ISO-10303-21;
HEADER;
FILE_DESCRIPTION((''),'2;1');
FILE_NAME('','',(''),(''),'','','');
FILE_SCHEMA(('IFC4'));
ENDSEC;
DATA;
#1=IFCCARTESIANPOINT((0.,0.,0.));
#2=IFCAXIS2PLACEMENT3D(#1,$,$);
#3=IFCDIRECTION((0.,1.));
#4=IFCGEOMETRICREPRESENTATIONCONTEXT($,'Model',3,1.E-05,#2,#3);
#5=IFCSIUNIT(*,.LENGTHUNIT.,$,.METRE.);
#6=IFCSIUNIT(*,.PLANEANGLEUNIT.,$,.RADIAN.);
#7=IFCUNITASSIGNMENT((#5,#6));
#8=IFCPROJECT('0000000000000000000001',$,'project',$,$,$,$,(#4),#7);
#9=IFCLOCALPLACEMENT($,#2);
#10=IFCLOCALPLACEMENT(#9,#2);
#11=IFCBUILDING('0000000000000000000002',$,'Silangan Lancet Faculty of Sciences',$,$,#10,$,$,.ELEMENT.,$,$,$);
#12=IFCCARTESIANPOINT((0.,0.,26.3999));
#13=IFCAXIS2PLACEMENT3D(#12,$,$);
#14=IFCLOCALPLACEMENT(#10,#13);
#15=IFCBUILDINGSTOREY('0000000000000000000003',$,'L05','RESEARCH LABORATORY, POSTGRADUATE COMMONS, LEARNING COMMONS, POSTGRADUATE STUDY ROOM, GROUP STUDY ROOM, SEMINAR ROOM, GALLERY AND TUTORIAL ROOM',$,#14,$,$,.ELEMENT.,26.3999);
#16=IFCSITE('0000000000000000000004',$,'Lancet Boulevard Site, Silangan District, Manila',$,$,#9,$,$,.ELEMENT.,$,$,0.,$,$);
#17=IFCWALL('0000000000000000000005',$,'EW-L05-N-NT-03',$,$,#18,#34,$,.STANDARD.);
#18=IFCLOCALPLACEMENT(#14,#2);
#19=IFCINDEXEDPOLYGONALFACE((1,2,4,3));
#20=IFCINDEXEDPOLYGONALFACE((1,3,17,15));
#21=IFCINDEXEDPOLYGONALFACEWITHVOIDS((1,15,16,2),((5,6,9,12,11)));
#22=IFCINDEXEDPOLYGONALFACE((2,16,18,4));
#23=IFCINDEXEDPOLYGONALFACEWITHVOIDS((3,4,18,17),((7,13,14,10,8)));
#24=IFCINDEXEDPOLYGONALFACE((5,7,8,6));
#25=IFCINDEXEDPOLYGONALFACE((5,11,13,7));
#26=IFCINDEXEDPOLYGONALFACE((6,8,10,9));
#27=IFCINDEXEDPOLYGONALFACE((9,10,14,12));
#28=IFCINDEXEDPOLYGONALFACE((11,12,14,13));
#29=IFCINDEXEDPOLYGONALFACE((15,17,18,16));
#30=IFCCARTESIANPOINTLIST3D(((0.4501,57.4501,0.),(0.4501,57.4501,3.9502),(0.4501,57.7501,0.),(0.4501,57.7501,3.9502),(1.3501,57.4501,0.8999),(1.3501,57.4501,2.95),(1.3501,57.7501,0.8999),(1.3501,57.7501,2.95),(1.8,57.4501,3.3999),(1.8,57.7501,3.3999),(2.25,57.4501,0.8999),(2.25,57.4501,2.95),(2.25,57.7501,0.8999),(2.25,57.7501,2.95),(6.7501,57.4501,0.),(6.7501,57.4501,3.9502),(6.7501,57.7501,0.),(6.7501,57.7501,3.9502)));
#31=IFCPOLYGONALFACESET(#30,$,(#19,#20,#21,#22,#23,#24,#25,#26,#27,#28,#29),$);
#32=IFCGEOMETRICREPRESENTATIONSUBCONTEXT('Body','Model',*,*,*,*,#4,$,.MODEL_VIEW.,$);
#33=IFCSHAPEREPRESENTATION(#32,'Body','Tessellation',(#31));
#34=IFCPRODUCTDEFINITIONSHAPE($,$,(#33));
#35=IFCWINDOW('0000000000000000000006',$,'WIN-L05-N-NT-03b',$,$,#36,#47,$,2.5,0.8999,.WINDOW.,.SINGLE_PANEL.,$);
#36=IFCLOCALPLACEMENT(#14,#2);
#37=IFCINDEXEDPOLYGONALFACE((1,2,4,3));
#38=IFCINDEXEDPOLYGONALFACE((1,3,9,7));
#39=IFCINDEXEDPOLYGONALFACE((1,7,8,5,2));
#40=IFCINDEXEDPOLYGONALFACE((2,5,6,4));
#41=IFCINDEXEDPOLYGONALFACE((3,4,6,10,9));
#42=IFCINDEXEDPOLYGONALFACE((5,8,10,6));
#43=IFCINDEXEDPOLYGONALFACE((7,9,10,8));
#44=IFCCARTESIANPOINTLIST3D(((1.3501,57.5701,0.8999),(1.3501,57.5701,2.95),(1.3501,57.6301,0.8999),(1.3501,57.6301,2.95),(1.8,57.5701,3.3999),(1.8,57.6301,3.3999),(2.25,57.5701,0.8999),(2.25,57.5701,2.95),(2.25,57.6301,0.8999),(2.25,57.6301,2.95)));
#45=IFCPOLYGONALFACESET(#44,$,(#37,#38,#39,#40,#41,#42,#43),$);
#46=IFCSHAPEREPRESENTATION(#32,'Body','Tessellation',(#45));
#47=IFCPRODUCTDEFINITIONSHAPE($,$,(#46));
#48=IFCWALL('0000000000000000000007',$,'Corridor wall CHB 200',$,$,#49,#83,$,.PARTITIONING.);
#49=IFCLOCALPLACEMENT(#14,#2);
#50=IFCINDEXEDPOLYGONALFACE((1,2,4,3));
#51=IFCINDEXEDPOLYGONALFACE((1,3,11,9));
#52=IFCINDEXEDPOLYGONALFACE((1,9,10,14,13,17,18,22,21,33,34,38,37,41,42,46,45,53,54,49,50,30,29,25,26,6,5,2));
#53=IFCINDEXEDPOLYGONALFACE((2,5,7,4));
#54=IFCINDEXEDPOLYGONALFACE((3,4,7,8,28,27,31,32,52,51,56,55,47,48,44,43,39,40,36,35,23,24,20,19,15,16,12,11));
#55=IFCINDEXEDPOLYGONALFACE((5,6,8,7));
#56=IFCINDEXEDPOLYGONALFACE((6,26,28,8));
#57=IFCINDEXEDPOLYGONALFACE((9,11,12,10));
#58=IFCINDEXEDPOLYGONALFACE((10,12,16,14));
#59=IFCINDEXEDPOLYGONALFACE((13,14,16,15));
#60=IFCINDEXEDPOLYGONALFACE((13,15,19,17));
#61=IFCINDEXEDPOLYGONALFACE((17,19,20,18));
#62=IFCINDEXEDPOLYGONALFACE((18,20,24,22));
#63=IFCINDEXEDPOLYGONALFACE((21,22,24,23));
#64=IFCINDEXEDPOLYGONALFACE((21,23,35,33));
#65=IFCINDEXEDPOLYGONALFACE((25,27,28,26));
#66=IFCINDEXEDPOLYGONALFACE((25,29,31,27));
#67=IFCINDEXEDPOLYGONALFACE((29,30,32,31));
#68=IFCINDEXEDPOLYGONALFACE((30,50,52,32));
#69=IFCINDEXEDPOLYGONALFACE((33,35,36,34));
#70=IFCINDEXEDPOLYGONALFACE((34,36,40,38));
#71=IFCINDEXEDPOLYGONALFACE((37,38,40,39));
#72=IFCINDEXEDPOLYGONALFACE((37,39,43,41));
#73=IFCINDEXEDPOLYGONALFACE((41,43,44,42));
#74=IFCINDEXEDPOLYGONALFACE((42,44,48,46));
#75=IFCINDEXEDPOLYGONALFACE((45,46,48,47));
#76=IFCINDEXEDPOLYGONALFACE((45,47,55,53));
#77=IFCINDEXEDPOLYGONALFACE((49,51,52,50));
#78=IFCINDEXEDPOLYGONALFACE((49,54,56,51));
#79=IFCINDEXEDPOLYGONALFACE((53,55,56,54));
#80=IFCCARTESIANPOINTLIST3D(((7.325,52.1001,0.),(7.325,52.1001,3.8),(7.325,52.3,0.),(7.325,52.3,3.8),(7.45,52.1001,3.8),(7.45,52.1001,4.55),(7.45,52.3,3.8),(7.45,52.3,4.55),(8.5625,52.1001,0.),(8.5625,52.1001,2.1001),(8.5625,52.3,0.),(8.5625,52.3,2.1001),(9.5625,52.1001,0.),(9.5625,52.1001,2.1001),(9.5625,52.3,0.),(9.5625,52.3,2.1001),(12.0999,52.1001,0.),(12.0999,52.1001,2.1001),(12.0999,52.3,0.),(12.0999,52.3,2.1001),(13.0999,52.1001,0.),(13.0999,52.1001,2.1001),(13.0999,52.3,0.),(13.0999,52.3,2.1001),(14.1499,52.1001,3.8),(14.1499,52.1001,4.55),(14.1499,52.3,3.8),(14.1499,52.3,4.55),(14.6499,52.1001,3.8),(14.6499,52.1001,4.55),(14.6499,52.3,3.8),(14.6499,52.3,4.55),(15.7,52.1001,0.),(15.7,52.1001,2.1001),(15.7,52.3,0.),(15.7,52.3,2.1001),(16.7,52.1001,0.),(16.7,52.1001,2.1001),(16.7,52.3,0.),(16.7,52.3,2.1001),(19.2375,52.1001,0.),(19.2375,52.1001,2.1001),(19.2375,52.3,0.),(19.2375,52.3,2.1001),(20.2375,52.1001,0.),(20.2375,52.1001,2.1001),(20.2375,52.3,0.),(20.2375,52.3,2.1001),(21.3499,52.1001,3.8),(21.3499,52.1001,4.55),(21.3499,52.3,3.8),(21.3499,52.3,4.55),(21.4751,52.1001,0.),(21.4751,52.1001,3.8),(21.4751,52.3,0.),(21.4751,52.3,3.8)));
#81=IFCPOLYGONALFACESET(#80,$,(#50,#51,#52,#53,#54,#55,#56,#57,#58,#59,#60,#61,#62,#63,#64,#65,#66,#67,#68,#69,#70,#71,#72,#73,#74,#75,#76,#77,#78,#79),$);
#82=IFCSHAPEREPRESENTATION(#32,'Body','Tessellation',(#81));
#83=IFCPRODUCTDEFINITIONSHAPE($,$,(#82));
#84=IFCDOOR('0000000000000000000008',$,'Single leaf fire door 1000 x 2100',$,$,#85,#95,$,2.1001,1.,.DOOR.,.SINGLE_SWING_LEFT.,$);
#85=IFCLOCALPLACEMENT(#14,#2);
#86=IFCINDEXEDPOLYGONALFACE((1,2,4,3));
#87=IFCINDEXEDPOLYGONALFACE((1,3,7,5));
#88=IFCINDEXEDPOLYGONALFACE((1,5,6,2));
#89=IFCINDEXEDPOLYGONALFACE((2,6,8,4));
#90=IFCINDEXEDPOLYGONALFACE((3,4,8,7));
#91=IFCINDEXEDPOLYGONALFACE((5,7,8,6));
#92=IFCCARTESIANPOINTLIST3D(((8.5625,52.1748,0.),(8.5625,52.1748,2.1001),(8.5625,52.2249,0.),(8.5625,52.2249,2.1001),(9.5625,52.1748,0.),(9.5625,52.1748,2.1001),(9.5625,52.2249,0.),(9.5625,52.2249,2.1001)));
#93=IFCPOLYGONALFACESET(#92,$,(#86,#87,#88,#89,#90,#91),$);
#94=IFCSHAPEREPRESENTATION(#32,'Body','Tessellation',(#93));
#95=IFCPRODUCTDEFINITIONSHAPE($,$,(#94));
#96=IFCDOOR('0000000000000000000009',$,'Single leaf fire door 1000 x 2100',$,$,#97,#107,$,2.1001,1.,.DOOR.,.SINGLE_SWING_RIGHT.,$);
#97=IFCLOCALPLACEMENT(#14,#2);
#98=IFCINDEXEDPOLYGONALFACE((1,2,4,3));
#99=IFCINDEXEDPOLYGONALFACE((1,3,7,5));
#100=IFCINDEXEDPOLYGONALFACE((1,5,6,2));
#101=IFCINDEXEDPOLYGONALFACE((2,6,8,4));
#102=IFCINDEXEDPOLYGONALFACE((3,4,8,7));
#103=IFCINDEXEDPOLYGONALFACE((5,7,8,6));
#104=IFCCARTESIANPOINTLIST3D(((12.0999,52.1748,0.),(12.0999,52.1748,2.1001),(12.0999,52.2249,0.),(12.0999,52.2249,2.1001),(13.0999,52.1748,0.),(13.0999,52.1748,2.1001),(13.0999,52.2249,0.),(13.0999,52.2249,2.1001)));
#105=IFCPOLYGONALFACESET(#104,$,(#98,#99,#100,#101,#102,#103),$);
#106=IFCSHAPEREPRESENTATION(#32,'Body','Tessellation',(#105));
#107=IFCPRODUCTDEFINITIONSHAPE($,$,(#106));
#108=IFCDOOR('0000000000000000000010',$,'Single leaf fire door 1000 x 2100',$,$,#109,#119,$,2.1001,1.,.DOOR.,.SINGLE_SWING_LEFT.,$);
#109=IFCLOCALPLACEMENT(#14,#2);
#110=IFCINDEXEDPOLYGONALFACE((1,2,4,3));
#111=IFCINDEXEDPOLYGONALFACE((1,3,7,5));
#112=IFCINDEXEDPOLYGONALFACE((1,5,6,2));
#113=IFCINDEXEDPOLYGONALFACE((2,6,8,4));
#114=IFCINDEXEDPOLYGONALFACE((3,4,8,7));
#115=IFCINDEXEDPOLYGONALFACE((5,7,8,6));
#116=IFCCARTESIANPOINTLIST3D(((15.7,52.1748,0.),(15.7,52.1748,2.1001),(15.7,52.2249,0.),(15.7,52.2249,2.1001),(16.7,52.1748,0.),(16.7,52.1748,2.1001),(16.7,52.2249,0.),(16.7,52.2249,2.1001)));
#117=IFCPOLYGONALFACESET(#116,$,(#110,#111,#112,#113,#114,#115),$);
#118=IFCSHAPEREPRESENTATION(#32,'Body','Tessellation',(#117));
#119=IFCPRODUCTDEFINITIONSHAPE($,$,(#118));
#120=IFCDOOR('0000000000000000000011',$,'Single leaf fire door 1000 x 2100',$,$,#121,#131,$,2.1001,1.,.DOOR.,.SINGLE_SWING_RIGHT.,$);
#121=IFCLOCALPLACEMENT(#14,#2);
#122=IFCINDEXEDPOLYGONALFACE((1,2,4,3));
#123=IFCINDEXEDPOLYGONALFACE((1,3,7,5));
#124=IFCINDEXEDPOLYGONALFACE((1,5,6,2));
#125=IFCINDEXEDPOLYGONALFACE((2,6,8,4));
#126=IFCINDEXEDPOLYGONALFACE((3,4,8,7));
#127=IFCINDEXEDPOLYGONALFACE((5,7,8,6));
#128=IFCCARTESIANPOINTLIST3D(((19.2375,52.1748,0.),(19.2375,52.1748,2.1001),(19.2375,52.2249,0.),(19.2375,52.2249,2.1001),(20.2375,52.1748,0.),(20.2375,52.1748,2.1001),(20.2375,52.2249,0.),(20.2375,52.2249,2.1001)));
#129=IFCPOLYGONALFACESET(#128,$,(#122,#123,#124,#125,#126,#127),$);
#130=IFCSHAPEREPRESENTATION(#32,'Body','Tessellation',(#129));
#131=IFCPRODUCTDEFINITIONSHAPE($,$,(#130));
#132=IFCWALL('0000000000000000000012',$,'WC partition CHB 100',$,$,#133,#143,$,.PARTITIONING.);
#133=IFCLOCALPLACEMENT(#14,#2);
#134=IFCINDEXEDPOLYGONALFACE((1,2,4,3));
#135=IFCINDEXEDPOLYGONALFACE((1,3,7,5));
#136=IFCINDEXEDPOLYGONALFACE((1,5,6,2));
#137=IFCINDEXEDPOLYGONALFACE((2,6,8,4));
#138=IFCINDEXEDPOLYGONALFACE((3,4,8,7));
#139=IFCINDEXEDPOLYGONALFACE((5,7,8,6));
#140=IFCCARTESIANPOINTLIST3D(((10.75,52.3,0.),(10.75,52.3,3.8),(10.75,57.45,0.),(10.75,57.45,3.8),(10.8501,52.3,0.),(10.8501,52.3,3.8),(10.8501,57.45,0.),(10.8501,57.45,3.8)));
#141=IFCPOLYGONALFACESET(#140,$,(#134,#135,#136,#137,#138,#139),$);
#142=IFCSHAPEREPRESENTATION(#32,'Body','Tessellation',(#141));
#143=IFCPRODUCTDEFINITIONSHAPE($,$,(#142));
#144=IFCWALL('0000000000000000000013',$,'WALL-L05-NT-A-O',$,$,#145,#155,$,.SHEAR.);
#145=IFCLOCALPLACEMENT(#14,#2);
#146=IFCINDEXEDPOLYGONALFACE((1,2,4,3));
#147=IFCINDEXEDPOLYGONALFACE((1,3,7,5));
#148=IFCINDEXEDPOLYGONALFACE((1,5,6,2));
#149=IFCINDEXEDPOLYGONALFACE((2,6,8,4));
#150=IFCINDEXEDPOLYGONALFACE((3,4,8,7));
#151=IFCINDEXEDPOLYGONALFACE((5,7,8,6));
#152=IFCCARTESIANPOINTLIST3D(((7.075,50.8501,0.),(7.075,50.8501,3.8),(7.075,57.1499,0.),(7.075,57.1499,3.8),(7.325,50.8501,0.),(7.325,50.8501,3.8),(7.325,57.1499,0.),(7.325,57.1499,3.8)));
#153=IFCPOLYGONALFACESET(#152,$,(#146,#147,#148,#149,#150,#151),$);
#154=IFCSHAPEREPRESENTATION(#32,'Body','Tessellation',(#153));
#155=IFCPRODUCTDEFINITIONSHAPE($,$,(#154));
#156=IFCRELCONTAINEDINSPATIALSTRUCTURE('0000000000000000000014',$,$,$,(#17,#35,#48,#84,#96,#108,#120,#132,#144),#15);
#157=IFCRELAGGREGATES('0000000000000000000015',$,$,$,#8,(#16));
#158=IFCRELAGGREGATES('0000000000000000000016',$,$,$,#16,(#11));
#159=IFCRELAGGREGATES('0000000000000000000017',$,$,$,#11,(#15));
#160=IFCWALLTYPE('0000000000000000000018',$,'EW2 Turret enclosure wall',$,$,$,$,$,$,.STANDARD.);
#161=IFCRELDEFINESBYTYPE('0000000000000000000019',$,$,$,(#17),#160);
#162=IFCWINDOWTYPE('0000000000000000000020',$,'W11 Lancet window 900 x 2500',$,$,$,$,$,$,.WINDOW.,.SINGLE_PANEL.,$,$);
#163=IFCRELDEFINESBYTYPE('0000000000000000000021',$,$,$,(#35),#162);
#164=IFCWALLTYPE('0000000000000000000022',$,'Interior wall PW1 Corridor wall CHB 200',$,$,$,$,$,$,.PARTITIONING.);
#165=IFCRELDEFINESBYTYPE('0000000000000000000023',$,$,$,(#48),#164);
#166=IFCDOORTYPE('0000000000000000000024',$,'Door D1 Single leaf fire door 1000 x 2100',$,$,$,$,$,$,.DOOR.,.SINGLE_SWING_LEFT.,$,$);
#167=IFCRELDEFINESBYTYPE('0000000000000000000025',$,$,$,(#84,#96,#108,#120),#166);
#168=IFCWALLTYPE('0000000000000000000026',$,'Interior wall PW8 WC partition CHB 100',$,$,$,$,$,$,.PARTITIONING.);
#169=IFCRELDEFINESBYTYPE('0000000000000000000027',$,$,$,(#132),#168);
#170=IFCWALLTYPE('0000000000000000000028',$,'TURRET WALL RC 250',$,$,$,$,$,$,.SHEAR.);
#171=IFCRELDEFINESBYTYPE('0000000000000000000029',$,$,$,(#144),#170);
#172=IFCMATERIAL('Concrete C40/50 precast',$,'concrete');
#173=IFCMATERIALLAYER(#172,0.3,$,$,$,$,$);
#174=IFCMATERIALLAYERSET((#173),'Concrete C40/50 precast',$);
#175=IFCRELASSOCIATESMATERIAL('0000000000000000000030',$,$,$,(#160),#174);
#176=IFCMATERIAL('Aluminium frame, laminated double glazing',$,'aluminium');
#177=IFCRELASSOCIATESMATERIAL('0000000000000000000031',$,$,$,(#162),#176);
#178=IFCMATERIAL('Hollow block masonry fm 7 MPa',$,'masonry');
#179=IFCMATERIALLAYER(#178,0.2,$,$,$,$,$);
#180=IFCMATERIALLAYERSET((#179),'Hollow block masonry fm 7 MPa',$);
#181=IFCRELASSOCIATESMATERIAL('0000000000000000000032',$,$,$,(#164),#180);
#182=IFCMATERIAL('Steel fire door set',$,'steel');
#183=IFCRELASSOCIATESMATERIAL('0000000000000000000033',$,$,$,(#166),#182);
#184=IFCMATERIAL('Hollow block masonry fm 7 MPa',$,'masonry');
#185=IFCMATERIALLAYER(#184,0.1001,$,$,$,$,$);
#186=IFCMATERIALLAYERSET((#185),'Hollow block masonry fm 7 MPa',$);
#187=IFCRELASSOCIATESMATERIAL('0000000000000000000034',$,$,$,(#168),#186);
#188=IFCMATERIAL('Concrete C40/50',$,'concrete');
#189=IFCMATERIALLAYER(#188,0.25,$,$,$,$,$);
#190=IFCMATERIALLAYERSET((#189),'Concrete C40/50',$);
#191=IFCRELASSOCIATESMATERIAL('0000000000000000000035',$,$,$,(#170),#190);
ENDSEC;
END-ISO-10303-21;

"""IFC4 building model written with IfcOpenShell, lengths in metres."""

from ifc_helpers import new_model, si_unit, direction, frame, frame_2d, origin, place, context, subcontext, project, spatial, polyline, rectangle, outline, extrude, material, layer, layer_set, type_object, element, fill, save


model = new_model("IFC4")

# Units and contexts
model_context = context("Model", 3, precision=1e-05, world=origin(), true_north=direction((0.0, 1.0)))
body_context = subcontext(model_context, "Body", "Model", "MODEL_VIEW")
ifc_project = project(units=[si_unit("LENGTHUNIT", "METRE"), si_unit("PLANEANGLEUNIT", "RADIAN")], contexts=[model_context])

# Site, building, storey
site_placement = place(None, origin())
site = spatial("IfcSite", under=ifc_project, at=site_placement, Name="Lancet Boulevard Site, Silangan District, Manila", CompositionType="ELEMENT", RefElevation=0.0)
building_placement = place(site_placement, origin())
building = spatial("IfcBuilding", under=site, at=building_placement, Name="Silangan Lancet Faculty of Sciences", CompositionType="ELEMENT")
storey_placement = place(building_placement, frame((0.0, 0.0, 26.3999)))
storey = spatial("IfcBuildingStorey", under=building, at=storey_placement, Name="L05", Description="RESEARCH LABORATORY, POSTGRADUATE COMMONS, LEARNING COMMONS, POSTGRADUATE STUDY ROOM, GROUP STUDY ROOM, SEMINAR ROOM, GALLERY AND TUTORIAL ROOM", CompositionType="ELEMENT", Elevation=26.3999)

# Wall, opening, window
ifc_material_1 = material(Name="Concrete C40/50 precast", Category="concrete")
ifc_layer_1 = layer(ifc_material_1, 0.3)
ifc_layer_set_1 = layer_set([ifc_layer_1], Name="Concrete C40/50 precast")
wall_type_1 = type_object("IfcWallType", Name="EW2 Turret enclosure wall", PredefinedType="STANDARD", material=ifc_layer_set_1)
wall_1_placement = place(storey_placement, frame((6.75, 57.6001, 0.0), z_axis=(0.0, 0.0, 1.0), x_axis=(-1.0, 0.0, 0.0)))
wall_1 = element("IfcWall", 1, at=wall_1_placement, inside=storey, type_object=wall_type_1, Name="EW-L05-N-NT-03", PredefinedType="STANDARD", context=body_context, shape_type="SweptSolid", body=[
    extrude(rectangle(XDim=6.3, YDim=0.3, at=frame_2d((3.1499, 0.0))), origin(), (0.0, 0.0, 1.0), 3.9502),
])
opening_1_placement = place(wall_1_placement, frame((4.5, 0.0, 0.8999)))
opening_1 = element("IfcOpeningElement", 2, at=opening_1_placement, cuts=wall_1, PredefinedType="OPENING", context=body_context, shape_type="SweptSolid", body=[
    extrude(outline(polyline([(0.0, 0.0), (0.8999, 0.0), (0.8999, 2.05), (0.45, 2.5), (0.0, 2.05), (0.0, 0.0)])), frame((0.0, 0.1599, 0.0), z_axis=(0.0, -1.0, 0.0), x_axis=(1.0, 0.0, 0.0)), (0.0, 0.0, 1.0), 0.3201),
])
ifc_material_2 = material(Name="Aluminium frame, laminated double glazing", Category="aluminium")
window_type_1 = type_object("IfcWindowType", Name="W11 Lancet window 900 x 2500", PartitioningType="SINGLE_PANEL", PredefinedType="WINDOW", material=ifc_material_2)
window_1_placement = place(opening_1_placement, origin())
window_1 = element("IfcWindow", 3, at=window_1_placement, inside=storey, type_object=window_type_1, Name="WIN-L05-N-NT-03b", OverallHeight=2.5, OverallWidth=0.8999, PartitioningType="SINGLE_PANEL", PredefinedType="WINDOW", context=body_context, shape_type="SweptSolid", body=[
    extrude(outline(polyline([(0.0, 0.0), (0.8999, 0.0), (0.8999, 2.05), (0.45, 2.5), (0.0, 2.05), (0.0, 0.0)])), frame((0.0, 0.03, 0.0), z_axis=(0.0, -1.0, 0.0), x_axis=(1.0, 0.0, 0.0)), (0.0, 0.0, 1.0), 0.0601),
])
fill(opening_1, window_1)

# Wall, openings, doors
ifc_material_3 = material(Name="Hollow block masonry fm 7 MPa", Category="masonry")
ifc_layer_2 = layer(ifc_material_3, 0.2)
ifc_layer_set_2 = layer_set([ifc_layer_2], Name="Hollow block masonry fm 7 MPa")
wall_type_2 = type_object("IfcWallType", Name="Interior wall PW1 Corridor wall CHB 200", PredefinedType="PARTITIONING", material=ifc_layer_set_2)
wall_2_placement = place(storey_placement, frame((7.325, 52.2, 0.0), z_axis=(0.0, 0.0, 1.0), x_axis=(1.0, 0.0, 0.0)))
wall_2 = element("IfcWall", 4, at=wall_2_placement, inside=storey, type_object=wall_type_2, Name="Corridor wall CHB 200", PredefinedType="PARTITIONING", context=body_context, shape_type="SweptSolid", body=[
    extrude(outline(polyline([(0.0, 0.0), (14.1501, 0.0), (14.1501, 3.8), (14.0249, 3.8), (14.0249, 4.55), (7.325, 4.55), (7.325, 3.8), (6.825, 3.8), (6.825, 4.55), (0.125, 4.55), (0.125, 3.8), (0.0, 3.8), (0.0, 0.0)])), frame((0.0, 0.1001, 0.0), z_axis=(0.0, -1.0, 0.0), x_axis=(1.0, 0.0, 0.0)), (0.0, 0.0, 1.0), 0.2),
])
opening_2_placement = place(wall_2_placement, frame((1.2375, 0.0, 0.0)))
opening_2 = element("IfcOpeningElement", 5, at=opening_2_placement, cuts=wall_2, PredefinedType="OPENING", context=body_context, shape_type="SweptSolid", body=[
    extrude(rectangle(XDim=1.0, YDim=2.1001, at=frame_2d((0.5, 1.05))), frame((0.0, 0.1099, 0.0), z_axis=(0.0, -1.0, 0.0), x_axis=(1.0, 0.0, 0.0)), (0.0, 0.0, 1.0), 0.22),
])
opening_3_placement = place(wall_2_placement, frame((4.7749, 0.0, 0.0)))
opening_3 = element("IfcOpeningElement", 6, at=opening_3_placement, cuts=wall_2, PredefinedType="OPENING", context=body_context, shape_type="SweptSolid", body=[
    extrude(rectangle(XDim=1.0, YDim=2.1001, at=frame_2d((0.5, 1.05))), frame((0.0, 0.1099, 0.0), z_axis=(0.0, -1.0, 0.0), x_axis=(1.0, 0.0, 0.0)), (0.0, 0.0, 1.0), 0.22),
])
opening_4_placement = place(wall_2_placement, frame((8.375, 0.0, 0.0)))
opening_4 = element("IfcOpeningElement", 7, at=opening_4_placement, cuts=wall_2, PredefinedType="OPENING", context=body_context, shape_type="SweptSolid", body=[
    extrude(rectangle(XDim=1.0, YDim=2.1001, at=frame_2d((0.5, 1.05))), frame((0.0, 0.1099, 0.0), z_axis=(0.0, -1.0, 0.0), x_axis=(1.0, 0.0, 0.0)), (0.0, 0.0, 1.0), 0.22),
])
opening_5_placement = place(wall_2_placement, frame((11.9126, 0.0, 0.0)))
opening_5 = element("IfcOpeningElement", 8, at=opening_5_placement, cuts=wall_2, PredefinedType="OPENING", context=body_context, shape_type="SweptSolid", body=[
    extrude(rectangle(XDim=1.0, YDim=2.1001, at=frame_2d((0.5, 1.05))), frame((0.0, 0.1099, 0.0), z_axis=(0.0, -1.0, 0.0), x_axis=(1.0, 0.0, 0.0)), (0.0, 0.0, 1.0), 0.22),
])
ifc_material_4 = material(Name="Steel fire door set", Category="steel")
door_type_1 = type_object("IfcDoorType", Name="Door D1 Single leaf fire door 1000 x 2100", OperationType="SINGLE_SWING_LEFT", PredefinedType="DOOR", material=ifc_material_4)
door_1_placement = place(opening_2_placement, origin())
door_1 = element("IfcDoor", 9, at=door_1_placement, inside=storey, type_object=door_type_1, Name="Single leaf fire door 1000 x 2100", OperationType="SINGLE_SWING_LEFT", OverallHeight=2.1001, OverallWidth=1.0, PredefinedType="DOOR", context=body_context, shape_type="SweptSolid", body=[
    extrude(rectangle(XDim=1.0, YDim=2.1001, at=frame_2d((0.5, 1.05))), frame((0.0, 0.0249, 0.0), z_axis=(0.0, -1.0, 0.0), x_axis=(1.0, 0.0, 0.0)), (0.0, 0.0, 1.0), 0.05),
])
fill(opening_2, door_1)
door_2_placement = place(opening_3_placement, origin())
door_2 = element("IfcDoor", 10, at=door_2_placement, inside=storey, type_object=door_type_1, Name="Single leaf fire door 1000 x 2100", OperationType="SINGLE_SWING_RIGHT", OverallHeight=2.1001, OverallWidth=1.0, PredefinedType="DOOR", context=body_context, shape_type="SweptSolid", body=[
    extrude(rectangle(XDim=1.0, YDim=2.1001, at=frame_2d((0.5, 1.05))), frame((0.0, 0.0249, 0.0), z_axis=(0.0, -1.0, 0.0), x_axis=(1.0, 0.0, 0.0)), (0.0, 0.0, 1.0), 0.05),
])
fill(opening_3, door_2)
door_3_placement = place(opening_4_placement, origin())
door_3 = element("IfcDoor", 11, at=door_3_placement, inside=storey, type_object=door_type_1, Name="Single leaf fire door 1000 x 2100", OperationType="SINGLE_SWING_LEFT", OverallHeight=2.1001, OverallWidth=1.0, PredefinedType="DOOR", context=body_context, shape_type="SweptSolid", body=[
    extrude(rectangle(XDim=1.0, YDim=2.1001, at=frame_2d((0.5, 1.05))), frame((0.0, 0.0249, 0.0), z_axis=(0.0, -1.0, 0.0), x_axis=(1.0, 0.0, 0.0)), (0.0, 0.0, 1.0), 0.05),
])
fill(opening_4, door_3)
door_4_placement = place(opening_5_placement, origin())
door_4 = element("IfcDoor", 12, at=door_4_placement, inside=storey, type_object=door_type_1, Name="Single leaf fire door 1000 x 2100", OperationType="SINGLE_SWING_RIGHT", OverallHeight=2.1001, OverallWidth=1.0, PredefinedType="DOOR", context=body_context, shape_type="SweptSolid", body=[
    extrude(rectangle(XDim=1.0, YDim=2.1001, at=frame_2d((0.5, 1.05))), frame((0.0, 0.0249, 0.0), z_axis=(0.0, -1.0, 0.0), x_axis=(1.0, 0.0, 0.0)), (0.0, 0.0, 1.0), 0.05),
])
fill(opening_5, door_4)

# Walls
ifc_material_5 = material(Name="Hollow block masonry fm 7 MPa", Category="masonry")
ifc_layer_3 = layer(ifc_material_5, 0.1001)
ifc_layer_set_3 = layer_set([ifc_layer_3], Name="Hollow block masonry fm 7 MPa")
wall_type_3 = type_object("IfcWallType", Name="Interior wall PW8 WC partition CHB 100", PredefinedType="PARTITIONING", material=ifc_layer_set_3)
wall_3_placement = place(storey_placement, frame((10.8, 52.3, 0.0), z_axis=(0.0, 0.0, 1.0), x_axis=(0.0, 1.0, 0.0)))
element("IfcWall", 13, at=wall_3_placement, inside=storey, type_object=wall_type_3, Name="WC partition CHB 100", PredefinedType="PARTITIONING", context=body_context, shape_type="SweptSolid", body=[
    extrude(rectangle(XDim=5.1499, YDim=0.1001, at=frame_2d((2.575, 0.0))), origin(), (0.0, 0.0, 1.0), 3.8),
])
ifc_material_6 = material(Name="Concrete C40/50", Category="concrete")
ifc_layer_4 = layer(ifc_material_6, 0.25)
ifc_layer_set_4 = layer_set([ifc_layer_4], Name="Concrete C40/50")
wall_type_4 = type_object("IfcWallType", Name="TURRET WALL RC 250", PredefinedType="SHEAR", material=ifc_layer_set_4)
wall_4_placement = place(storey_placement, frame((7.2, 50.8501, 0.0), z_axis=(0.0, 0.0, 1.0), x_axis=(0.0, 1.0, 0.0)))
element("IfcWall", 14, at=wall_4_placement, inside=storey, type_object=wall_type_4, Name="WALL-L05-NT-A-O", PredefinedType="SHEAR", context=body_context, shape_type="SweptSolid", body=[
    extrude(rectangle(XDim=6.2998, YDim=0.25, at=frame_2d((3.1499, 0.0))), origin(), (0.0, 0.0, 1.0), 3.8),
])

save(model, "model.ifc")
